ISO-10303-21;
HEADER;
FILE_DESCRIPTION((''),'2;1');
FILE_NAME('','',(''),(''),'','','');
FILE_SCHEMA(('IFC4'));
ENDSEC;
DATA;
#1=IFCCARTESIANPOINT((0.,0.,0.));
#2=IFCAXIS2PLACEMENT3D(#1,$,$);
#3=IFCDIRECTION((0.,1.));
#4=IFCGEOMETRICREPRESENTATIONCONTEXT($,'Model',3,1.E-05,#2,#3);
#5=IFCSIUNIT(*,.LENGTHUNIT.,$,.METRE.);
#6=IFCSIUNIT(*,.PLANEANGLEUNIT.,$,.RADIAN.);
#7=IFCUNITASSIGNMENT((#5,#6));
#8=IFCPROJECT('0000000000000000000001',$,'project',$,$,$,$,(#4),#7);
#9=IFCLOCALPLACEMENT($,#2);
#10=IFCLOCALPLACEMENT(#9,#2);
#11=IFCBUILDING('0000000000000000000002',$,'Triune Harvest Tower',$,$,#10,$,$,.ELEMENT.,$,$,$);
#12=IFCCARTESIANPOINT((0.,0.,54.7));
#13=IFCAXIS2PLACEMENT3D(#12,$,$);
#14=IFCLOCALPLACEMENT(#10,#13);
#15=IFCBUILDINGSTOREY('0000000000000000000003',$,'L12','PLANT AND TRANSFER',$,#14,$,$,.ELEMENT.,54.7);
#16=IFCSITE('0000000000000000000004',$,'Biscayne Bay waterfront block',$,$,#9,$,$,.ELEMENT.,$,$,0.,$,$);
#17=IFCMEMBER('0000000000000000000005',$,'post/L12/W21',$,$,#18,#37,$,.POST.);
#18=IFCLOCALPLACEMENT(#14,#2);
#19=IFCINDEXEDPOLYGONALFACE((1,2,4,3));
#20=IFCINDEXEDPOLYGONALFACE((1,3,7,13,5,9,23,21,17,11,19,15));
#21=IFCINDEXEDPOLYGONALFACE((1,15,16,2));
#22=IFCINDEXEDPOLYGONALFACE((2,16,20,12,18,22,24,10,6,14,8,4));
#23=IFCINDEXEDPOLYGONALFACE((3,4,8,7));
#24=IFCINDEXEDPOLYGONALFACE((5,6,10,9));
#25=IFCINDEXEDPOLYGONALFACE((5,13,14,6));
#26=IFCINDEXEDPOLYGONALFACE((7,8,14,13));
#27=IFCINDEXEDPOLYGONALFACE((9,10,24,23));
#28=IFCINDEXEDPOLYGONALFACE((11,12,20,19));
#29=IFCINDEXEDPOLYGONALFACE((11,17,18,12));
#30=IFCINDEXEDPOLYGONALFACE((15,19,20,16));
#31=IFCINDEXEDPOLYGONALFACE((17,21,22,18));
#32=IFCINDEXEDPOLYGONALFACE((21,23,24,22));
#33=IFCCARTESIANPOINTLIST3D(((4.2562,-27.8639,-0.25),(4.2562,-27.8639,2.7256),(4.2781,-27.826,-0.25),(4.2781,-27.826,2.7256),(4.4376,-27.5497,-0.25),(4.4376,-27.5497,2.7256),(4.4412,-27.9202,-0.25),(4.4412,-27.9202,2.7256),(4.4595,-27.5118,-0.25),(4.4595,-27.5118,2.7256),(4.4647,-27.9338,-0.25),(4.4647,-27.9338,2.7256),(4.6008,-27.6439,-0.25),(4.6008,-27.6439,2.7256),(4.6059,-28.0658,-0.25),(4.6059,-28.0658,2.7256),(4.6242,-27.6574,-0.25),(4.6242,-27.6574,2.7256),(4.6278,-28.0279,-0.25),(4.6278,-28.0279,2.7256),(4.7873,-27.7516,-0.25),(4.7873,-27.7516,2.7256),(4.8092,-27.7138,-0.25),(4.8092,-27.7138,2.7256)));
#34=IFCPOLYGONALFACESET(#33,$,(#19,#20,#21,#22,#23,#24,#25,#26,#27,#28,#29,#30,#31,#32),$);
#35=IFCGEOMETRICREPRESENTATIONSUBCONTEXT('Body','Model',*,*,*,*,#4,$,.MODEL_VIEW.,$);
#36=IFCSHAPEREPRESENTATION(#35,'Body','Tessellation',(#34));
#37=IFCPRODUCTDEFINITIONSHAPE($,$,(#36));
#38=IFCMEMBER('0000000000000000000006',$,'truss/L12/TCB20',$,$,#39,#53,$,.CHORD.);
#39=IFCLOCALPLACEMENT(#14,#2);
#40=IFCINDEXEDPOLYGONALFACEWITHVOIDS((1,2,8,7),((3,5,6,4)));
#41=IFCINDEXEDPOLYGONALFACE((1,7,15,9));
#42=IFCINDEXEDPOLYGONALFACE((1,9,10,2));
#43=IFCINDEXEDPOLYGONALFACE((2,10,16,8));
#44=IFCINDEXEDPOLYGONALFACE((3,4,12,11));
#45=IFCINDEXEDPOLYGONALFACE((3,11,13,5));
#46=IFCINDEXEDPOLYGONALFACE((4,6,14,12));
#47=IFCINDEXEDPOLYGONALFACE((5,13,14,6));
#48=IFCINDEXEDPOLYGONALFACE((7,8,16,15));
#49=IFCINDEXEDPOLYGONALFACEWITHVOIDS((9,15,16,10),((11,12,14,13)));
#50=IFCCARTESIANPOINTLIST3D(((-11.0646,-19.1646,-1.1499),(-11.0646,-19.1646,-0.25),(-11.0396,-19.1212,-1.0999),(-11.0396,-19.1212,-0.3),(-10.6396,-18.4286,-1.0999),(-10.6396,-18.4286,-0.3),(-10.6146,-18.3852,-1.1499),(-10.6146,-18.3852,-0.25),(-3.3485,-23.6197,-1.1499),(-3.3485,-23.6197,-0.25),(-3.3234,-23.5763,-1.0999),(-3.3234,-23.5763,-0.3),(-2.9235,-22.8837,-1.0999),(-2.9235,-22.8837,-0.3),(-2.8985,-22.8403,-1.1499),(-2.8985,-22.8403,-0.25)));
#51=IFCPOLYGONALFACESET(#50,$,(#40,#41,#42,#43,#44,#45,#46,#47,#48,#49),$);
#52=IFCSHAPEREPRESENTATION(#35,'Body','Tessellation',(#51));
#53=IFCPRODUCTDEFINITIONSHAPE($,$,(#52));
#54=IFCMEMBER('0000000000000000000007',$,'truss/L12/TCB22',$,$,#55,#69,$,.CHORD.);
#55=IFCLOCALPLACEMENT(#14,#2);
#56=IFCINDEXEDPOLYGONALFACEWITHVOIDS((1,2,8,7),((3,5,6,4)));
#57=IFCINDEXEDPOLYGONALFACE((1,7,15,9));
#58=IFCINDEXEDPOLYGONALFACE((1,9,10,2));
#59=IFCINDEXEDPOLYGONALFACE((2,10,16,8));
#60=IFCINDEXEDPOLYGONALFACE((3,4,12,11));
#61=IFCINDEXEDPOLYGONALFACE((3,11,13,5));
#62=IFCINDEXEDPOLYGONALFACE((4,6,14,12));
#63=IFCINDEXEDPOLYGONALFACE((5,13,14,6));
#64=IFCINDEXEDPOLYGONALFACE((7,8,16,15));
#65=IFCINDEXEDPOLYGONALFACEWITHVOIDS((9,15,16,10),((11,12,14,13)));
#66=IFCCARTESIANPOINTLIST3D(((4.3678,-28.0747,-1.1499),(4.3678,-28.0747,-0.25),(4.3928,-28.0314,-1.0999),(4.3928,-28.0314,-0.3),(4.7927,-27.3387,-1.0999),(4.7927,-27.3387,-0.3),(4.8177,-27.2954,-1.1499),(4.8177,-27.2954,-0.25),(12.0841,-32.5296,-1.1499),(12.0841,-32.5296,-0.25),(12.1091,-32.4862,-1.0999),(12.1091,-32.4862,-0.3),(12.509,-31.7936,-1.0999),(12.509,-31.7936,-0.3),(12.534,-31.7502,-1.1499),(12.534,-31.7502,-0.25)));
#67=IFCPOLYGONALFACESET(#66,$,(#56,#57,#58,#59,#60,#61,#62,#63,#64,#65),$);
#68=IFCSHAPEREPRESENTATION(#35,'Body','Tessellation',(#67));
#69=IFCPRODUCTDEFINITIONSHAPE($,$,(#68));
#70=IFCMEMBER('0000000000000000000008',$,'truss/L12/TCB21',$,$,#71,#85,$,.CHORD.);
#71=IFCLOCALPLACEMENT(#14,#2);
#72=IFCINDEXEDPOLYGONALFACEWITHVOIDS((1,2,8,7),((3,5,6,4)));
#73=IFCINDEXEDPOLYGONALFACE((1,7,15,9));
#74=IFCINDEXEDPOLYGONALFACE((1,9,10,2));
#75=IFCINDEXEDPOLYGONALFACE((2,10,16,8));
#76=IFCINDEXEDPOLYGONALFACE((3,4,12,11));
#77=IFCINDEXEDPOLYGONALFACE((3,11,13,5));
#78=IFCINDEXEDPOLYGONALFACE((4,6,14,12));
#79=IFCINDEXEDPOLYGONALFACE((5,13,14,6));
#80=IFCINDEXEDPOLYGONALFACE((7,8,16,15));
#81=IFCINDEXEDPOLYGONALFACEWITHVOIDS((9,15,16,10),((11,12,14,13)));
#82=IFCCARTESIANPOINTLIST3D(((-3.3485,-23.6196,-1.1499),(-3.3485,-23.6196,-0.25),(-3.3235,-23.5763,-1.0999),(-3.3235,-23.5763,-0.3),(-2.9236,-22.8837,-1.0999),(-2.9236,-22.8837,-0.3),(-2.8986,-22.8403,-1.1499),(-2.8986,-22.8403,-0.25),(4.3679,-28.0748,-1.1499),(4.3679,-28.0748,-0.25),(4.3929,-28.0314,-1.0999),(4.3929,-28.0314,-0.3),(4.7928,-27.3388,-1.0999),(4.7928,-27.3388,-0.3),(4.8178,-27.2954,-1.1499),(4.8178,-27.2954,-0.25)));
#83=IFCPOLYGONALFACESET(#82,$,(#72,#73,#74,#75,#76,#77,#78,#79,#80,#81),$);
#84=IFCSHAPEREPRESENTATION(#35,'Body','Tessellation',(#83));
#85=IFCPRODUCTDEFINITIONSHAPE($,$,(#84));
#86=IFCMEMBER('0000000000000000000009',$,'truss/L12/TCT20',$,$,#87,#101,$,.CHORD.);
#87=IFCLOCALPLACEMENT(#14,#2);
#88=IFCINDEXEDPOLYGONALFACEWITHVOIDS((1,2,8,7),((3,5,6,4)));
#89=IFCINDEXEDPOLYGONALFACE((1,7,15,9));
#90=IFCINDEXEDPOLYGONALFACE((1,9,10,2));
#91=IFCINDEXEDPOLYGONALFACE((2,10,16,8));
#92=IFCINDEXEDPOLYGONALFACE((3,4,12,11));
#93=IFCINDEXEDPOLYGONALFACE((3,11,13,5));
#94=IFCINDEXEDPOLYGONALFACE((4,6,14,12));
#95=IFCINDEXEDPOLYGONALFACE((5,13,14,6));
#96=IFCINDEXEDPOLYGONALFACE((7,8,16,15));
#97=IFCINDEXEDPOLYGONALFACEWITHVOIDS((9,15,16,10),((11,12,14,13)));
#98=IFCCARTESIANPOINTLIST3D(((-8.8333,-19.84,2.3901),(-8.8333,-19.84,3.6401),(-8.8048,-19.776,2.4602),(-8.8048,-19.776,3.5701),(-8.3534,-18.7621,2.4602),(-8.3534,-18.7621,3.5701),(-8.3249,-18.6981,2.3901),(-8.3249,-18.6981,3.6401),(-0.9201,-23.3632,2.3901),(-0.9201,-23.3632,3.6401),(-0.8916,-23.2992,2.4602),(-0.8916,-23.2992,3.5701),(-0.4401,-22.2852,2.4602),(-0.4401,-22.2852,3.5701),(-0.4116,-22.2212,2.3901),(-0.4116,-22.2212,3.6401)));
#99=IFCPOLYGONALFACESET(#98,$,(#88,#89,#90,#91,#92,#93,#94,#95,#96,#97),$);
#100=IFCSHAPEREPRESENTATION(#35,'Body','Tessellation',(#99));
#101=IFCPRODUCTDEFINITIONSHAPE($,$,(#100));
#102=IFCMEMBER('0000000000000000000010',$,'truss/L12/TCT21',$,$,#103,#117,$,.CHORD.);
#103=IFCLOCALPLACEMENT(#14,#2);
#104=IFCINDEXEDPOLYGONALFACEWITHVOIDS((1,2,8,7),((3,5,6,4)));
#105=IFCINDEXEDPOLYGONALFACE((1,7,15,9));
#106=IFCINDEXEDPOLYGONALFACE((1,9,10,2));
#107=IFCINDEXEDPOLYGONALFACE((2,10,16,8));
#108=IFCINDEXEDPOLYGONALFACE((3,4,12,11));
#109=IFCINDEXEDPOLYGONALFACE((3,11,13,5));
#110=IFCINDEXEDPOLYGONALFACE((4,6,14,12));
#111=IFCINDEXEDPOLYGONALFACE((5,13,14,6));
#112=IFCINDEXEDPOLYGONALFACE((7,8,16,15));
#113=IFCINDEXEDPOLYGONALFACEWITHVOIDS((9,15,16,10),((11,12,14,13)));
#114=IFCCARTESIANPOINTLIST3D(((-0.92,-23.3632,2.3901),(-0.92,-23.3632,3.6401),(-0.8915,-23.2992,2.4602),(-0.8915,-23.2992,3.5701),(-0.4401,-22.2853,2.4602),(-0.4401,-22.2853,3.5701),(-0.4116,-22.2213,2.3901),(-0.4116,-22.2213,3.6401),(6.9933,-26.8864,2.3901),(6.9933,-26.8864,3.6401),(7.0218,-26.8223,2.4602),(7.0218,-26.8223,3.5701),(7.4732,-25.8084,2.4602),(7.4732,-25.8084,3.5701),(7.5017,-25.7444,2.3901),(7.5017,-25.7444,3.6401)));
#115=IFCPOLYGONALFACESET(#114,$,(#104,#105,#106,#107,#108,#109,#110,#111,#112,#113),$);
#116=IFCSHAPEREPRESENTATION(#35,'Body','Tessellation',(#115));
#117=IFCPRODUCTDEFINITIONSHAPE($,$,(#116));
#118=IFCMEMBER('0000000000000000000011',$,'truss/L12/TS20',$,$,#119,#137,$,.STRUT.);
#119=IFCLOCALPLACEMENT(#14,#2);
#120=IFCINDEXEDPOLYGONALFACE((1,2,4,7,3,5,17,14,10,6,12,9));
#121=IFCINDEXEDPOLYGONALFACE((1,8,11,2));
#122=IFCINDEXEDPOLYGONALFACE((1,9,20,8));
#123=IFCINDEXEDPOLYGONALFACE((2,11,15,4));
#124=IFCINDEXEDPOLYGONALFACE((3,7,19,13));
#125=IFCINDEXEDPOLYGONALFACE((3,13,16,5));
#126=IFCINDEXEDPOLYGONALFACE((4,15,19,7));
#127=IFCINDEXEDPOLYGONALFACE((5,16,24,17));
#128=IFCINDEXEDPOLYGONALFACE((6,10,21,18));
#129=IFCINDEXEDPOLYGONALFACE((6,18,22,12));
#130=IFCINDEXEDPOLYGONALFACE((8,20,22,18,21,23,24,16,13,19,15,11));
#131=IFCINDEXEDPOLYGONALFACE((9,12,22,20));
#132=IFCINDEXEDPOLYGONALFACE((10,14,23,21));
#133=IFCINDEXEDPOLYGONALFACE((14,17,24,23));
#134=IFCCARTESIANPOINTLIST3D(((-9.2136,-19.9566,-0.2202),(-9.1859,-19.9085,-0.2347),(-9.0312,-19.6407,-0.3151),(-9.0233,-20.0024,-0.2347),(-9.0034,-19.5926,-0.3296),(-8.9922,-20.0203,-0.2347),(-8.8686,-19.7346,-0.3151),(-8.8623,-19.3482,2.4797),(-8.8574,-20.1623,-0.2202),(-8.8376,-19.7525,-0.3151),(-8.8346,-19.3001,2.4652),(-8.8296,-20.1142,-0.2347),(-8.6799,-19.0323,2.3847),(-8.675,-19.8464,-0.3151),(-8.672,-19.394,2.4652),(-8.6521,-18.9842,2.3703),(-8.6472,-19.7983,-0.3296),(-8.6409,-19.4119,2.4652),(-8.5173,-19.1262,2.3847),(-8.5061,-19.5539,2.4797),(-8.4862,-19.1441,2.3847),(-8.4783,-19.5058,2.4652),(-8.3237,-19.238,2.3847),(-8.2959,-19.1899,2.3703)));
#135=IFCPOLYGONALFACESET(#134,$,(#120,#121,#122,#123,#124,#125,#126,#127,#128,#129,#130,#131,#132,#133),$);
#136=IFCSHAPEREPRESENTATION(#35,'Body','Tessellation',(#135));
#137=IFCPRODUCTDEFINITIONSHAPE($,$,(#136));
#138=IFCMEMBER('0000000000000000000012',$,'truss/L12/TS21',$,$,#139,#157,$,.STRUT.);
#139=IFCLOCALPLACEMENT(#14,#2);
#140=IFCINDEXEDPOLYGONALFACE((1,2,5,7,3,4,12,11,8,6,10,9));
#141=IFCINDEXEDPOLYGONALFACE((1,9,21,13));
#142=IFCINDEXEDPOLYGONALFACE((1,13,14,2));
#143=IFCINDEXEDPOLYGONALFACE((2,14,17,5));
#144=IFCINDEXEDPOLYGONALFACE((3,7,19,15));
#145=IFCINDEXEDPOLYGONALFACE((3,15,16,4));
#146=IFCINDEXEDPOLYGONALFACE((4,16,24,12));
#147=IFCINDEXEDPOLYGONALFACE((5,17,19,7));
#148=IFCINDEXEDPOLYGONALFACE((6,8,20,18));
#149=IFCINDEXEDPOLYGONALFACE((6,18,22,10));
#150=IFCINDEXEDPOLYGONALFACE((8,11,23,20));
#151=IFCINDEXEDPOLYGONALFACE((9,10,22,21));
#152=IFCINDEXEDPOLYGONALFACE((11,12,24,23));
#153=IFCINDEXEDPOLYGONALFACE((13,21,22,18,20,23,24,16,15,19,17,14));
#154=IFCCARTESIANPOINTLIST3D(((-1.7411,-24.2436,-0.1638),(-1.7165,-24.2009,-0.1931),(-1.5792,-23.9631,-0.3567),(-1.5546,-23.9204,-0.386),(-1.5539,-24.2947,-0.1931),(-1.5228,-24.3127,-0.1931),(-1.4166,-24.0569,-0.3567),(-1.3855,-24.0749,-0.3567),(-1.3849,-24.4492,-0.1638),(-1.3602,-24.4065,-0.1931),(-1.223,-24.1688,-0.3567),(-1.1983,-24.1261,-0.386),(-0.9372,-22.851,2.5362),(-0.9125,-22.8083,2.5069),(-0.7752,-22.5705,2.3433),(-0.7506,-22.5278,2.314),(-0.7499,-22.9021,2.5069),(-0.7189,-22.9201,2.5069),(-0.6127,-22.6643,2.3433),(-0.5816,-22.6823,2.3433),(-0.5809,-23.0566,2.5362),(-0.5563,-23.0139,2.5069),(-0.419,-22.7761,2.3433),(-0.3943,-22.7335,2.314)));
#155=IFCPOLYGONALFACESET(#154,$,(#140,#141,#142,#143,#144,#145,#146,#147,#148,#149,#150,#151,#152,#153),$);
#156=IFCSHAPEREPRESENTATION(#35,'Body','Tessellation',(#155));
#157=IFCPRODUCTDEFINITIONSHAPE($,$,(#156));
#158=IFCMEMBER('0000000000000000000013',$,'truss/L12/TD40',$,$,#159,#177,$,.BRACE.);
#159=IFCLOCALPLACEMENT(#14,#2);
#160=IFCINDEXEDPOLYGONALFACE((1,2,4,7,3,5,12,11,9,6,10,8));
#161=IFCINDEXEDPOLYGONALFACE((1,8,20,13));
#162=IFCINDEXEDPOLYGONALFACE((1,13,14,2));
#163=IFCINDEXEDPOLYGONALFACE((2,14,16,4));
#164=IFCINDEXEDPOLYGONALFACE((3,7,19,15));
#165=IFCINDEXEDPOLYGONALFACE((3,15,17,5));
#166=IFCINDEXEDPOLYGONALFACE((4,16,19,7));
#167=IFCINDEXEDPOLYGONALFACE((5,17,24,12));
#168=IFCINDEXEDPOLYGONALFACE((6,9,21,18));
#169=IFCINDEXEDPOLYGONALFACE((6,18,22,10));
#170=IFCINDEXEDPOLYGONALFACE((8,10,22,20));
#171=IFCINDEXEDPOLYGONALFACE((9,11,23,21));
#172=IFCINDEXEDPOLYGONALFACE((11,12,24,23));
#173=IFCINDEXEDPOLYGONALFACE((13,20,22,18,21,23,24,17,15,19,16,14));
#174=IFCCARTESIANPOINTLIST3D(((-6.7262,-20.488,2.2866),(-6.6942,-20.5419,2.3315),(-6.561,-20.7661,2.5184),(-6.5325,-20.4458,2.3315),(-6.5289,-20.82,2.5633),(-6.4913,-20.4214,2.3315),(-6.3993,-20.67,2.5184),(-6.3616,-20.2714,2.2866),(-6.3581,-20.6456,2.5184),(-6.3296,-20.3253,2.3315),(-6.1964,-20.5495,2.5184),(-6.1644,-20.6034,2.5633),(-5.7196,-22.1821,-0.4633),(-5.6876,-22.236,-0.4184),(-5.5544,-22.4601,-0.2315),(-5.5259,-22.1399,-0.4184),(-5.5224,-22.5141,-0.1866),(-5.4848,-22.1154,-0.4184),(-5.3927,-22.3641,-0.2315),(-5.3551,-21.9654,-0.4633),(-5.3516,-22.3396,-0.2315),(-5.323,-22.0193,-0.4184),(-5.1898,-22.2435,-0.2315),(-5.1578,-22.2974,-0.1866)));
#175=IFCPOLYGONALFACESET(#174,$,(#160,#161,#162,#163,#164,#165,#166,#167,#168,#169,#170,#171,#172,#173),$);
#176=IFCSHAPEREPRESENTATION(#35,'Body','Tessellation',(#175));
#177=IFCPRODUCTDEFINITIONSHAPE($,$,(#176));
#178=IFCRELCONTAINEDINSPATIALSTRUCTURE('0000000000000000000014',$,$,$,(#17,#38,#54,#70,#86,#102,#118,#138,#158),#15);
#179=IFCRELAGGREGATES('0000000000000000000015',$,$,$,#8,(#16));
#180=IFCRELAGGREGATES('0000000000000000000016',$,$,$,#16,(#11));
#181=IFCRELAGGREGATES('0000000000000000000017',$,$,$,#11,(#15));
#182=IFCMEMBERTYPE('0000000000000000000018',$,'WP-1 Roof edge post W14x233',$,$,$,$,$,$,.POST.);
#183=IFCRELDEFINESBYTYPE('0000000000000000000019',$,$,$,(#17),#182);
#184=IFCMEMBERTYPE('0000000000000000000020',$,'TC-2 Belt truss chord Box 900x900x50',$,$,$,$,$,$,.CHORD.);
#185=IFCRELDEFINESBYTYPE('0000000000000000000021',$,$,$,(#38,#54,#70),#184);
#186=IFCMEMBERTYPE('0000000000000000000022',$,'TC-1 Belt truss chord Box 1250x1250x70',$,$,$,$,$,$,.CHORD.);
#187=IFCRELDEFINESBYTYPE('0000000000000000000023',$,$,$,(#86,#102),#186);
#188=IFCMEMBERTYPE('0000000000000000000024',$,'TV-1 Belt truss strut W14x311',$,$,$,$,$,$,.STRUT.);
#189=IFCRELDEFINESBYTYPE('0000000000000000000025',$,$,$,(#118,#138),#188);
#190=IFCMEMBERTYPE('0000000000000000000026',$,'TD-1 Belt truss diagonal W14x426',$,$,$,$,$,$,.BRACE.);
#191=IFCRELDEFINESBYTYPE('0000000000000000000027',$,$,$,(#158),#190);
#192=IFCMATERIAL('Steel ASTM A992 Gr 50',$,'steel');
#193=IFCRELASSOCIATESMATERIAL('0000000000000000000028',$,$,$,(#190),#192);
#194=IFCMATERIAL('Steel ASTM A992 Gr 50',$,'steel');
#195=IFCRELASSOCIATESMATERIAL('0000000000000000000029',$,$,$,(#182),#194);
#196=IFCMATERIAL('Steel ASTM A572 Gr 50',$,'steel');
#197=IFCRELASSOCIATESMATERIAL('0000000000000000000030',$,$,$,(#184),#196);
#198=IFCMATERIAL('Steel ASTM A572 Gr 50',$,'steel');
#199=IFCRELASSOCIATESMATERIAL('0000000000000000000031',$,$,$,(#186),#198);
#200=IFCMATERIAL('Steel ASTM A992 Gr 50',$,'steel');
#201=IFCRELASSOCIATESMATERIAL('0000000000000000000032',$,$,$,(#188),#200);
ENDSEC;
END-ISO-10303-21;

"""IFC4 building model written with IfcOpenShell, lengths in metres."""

from ifc_helpers import new_model, si_unit, direction, frame, origin, origin_2d, place, context, subcontext, project, spatial, hollow_rectangle, i_section, extrude, source, transform, mapped, material, material_profile, profile_set, type_object, element, save


model = new_model("IFC4")

# Units and contexts
model_context = context("Model", 3, precision=1e-05, world=origin(), true_north=direction((0.0, 1.0)))
body_context = subcontext(model_context, "Body", "Model", "MODEL_VIEW")
ifc_project = project(units=[si_unit("LENGTHUNIT", "METRE"), si_unit("PLANEANGLEUNIT", "RADIAN")], contexts=[model_context])

# Site, building, storey
site_placement = place(None, origin())
site = spatial("IfcSite", under=ifc_project, at=site_placement, Name="Biscayne Bay waterfront block", CompositionType="ELEMENT", RefElevation=0.0)
building_placement = place(site_placement, origin())
building = spatial("IfcBuilding", under=site, at=building_placement, Name="Triune Harvest Tower", CompositionType="ELEMENT")
storey_placement = place(building_placement, frame((0.0, 0.0, 54.7)))
storey = spatial("IfcBuildingStorey", under=building, at=storey_placement, Name="L12", Description="PLANT AND TRANSFER", CompositionType="ELEMENT", Elevation=54.7)

# Shared definitions
ifc_material_1 = material(Name="Steel ASTM A992 Gr 50", Category="steel")
ifc_material_profile_1 = material_profile(ifc_material_1, i_section(OverallWidth=0.4241, OverallDepth=0.4751, WebThickness=0.0479, FlangeThickness=0.0771, at=origin_2d()), Name="W14x426")
ifc_profile_set_1 = profile_set([ifc_material_profile_1], Name="Steel ASTM A992 Gr 50")
member_type_1 = type_object("IfcMemberType", Name="TD-1 Belt truss diagonal W14x426", PredefinedType="BRACE", material=ifc_profile_set_1)

# Members
ifc_material_2 = material(Name="Steel ASTM A992 Gr 50", Category="steel")
ifc_material_profile_2 = material_profile(ifc_material_2, i_section(OverallWidth=0.4038, OverallDepth=0.4065, WebThickness=0.0271, FlangeThickness=0.0437, at=origin_2d()), Name="W14x233")
ifc_profile_set_2 = profile_set([ifc_material_profile_2], Name="Steel ASTM A992 Gr 50")
member_type_2 = type_object("IfcMemberType", Name="WP-1 Roof edge post W14x233", PredefinedType="POST", material=ifc_profile_set_2)
shared_shape_1 = source(origin(), body_context, "Body", "SweptSolid", [
    extrude(i_section(OverallWidth=0.4038, OverallDepth=0.4065, WebThickness=0.0271, FlangeThickness=0.0437, at=origin_2d()), origin(), (0.0, 0.0, 1.0), 2.9756),
])
for number, where, z_axis, x_axis, name in (
    (1, (4.5327, -27.7888, -0.25), (0.0, 0.0, 1.0), (0.866025, -0.5, 0.0), "post/L12/W21"),
):
    element("IfcMember", number, at=place(storey_placement, frame(where, z_axis=z_axis, x_axis=x_axis)), inside=storey, type_object=member_type_2, Name=name, PredefinedType="POST", context=body_context, shape_type="MappedRepresentation", body=[
        mapped(shared_shape_1, transform((0.0, 0.0, 0.0), scale=1.0)),
    ])
ifc_material_3 = material(Name="Steel ASTM A572 Gr 50", Category="steel")
ifc_material_profile_3 = material_profile(ifc_material_3, hollow_rectangle(XDim=0.8999, YDim=0.8999, WallThickness=0.05, at=origin_2d()), Name="Box 900x900x50")
ifc_profile_set_3 = profile_set([ifc_material_profile_3], Name="Steel ASTM A572 Gr 50")
member_type_3 = type_object("IfcMemberType", Name="TC-2 Belt truss chord Box 900x900x50", PredefinedType="CHORD", material=ifc_profile_set_3)
shared_shape_2 = source(origin(), body_context, "Body", "SweptSolid", [
    extrude(hollow_rectangle(XDim=0.8999, YDim=0.8999, WallThickness=0.05, at=origin_2d()), origin(), (0.0, 0.0, 1.0), 8.9099),
])
for number, where, z_axis, x_axis, name in (
    (2, (-10.8396, -18.7749, -0.7), (0.866015, -0.500017, 0.0), (0.500017, 0.866015, 0.0), "truss/L12/TCB20"),
    (3, (4.5928, -27.6851, -0.7), (0.866034, -0.499985, 0.0), (0.499985, 0.866034, 0.0), "truss/L12/TCB22"),
):
    element("IfcMember", number, at=place(storey_placement, frame(where, z_axis=z_axis, x_axis=x_axis)), inside=storey, type_object=member_type_3, Name=name, PredefinedType="CHORD", context=body_context, shape_type="MappedRepresentation", body=[
        mapped(shared_shape_2, transform((0.0, 0.0, 0.0), scale=1.0)),
    ])
shared_shape_3 = source(origin(), body_context, "Body", "SweptSolid", [
    extrude(hollow_rectangle(XDim=0.8999, YDim=0.8999, WallThickness=0.05, at=origin_2d()), origin(), (0.0, 0.0, 1.0), 8.9102),
])
member_1_placement = place(storey_placement, frame((-3.1235, -23.23, -0.7), z_axis=(0.866022, -0.500005, 0.0), x_axis=(0.500005, 0.866022, 0.0)))
element("IfcMember", 4, at=member_1_placement, inside=storey, type_object=member_type_3, Name="truss/L12/TCB21", PredefinedType="CHORD", context=body_context, shape_type="MappedRepresentation", body=[
    mapped(shared_shape_3, transform((0.0, 0.0, 0.0), scale=1.0)),
])
ifc_material_4 = material(Name="Steel ASTM A572 Gr 50", Category="steel")
ifc_material_profile_4 = material_profile(ifc_material_4, hollow_rectangle(XDim=1.25, YDim=1.25, WallThickness=0.0701, at=origin_2d()), Name="Box 1250x1250x70")
ifc_profile_set_4 = profile_set([ifc_material_profile_4], Name="Steel ASTM A572 Gr 50")
member_type_4 = type_object("IfcMemberType", Name="TC-1 Belt truss chord Box 1250x1250x70", PredefinedType="CHORD", material=ifc_profile_set_4)
shared_shape_4 = source(origin(), body_context, "Body", "SweptSolid", [
    extrude(hollow_rectangle(XDim=1.25, YDim=1.25, WallThickness=0.0701, at=origin_2d()), origin(), (0.0, 0.0, 1.0), 8.6621),
])
for number, where, z_axis, x_axis, name in (
    (5, (-8.5791, -19.269, 3.0151), (0.913548, -0.406732, 0.0), (0.406732, 0.913548, 0.0), "truss/L12/TCT20"),
    (6, (-0.6658, -22.7922, 3.0151), (0.913548, -0.406732, 0.0), (0.406732, 0.913548, 0.0), "truss/L12/TCT21"),
):
    element("IfcMember", number, at=place(storey_placement, frame(where, z_axis=z_axis, x_axis=x_axis)), inside=storey, type_object=member_type_4, Name=name, PredefinedType="CHORD", context=body_context, shape_type="MappedRepresentation", body=[
        mapped(shared_shape_4, transform((0.0, 0.0, 0.0), scale=1.0)),
    ])
ifc_material_5 = material(Name="Steel ASTM A992 Gr 50", Category="steel")
ifc_material_profile_5 = material_profile(ifc_material_5, i_section(OverallWidth=0.4114, OverallDepth=0.4343, WebThickness=0.0359, FlangeThickness=0.0574, at=origin_2d()), Name="W14x311")
ifc_profile_set_5 = profile_set([ifc_material_profile_5], Name="Steel ASTM A992 Gr 50")
member_type_5 = type_object("IfcMemberType", Name="TV-1 Belt truss strut W14x311", PredefinedType="STRUT", material=ifc_profile_set_5)
shared_shape_5 = source(origin(), body_context, "Body", "SweptSolid", [
    extrude(i_section(OverallWidth=0.4114, OverallDepth=0.4343, WebThickness=0.0359, FlangeThickness=0.0574, at=origin_2d()), origin(), (0.0, 0.0, 1.0), 2.7898),
])
member_2_placement = place(storey_placement, frame((-8.9304, -19.8774, -0.2749), z_axis=(0.125927, 0.218075, 0.967774), x_axis=(-0.865989, 0.500063, 0.0)))
element("IfcMember", 7, at=member_2_placement, inside=storey, type_object=member_type_5, Name="truss/L12/TS20", PredefinedType="STRUT", context=body_context, shape_type="MappedRepresentation", body=[
    mapped(shared_shape_5, transform((0.0, 0.0, 0.0), scale=1.0)),
])
shared_shape_6 = source(origin(), body_context, "Body", "SweptSolid", [
    extrude(i_section(OverallWidth=0.4114, OverallDepth=0.4343, WebThickness=0.0359, FlangeThickness=0.0574, at=origin_2d()), origin(), (0.0, 0.0, 1.0), 3.1426),
])
member_3_placement = place(storey_placement, frame((-1.4697, -24.1848, -0.2749), z_axis=(0.255832, 0.443142, 0.859171), x_axis=(-0.866039, 0.499977, 0.0)))
element("IfcMember", 8, at=member_3_placement, inside=storey, type_object=member_type_5, Name="truss/L12/TS21", PredefinedType="STRUT", context=body_context, shape_type="MappedRepresentation", body=[
    mapped(shared_shape_6, transform((0.0, 0.0, 0.0), scale=1.0)),
])
shared_shape_7 = source(origin(), body_context, "Body", "SweptSolid", [
    extrude(i_section(OverallWidth=0.4241, OverallDepth=0.4751, WebThickness=0.0479, FlangeThickness=0.0771, at=origin_2d()), origin(), (0.0, 0.0, 1.0), 3.3831),
])
member_4_placement = place(storey_placement, frame((-5.4387, -22.2397, -0.325), z_axis=(-0.297531, 0.500745, 0.812853), x_axis=(-0.859693, -0.510811, 0.0)))
element("IfcMember", 9, at=member_4_placement, inside=storey, type_object=member_type_1, Name="truss/L12/TD40", PredefinedType="BRACE", context=body_context, shape_type="MappedRepresentation", body=[
    mapped(shared_shape_7, transform((0.0, 0.0, 0.0), scale=1.0)),
])

save(model, "model.ifc")
